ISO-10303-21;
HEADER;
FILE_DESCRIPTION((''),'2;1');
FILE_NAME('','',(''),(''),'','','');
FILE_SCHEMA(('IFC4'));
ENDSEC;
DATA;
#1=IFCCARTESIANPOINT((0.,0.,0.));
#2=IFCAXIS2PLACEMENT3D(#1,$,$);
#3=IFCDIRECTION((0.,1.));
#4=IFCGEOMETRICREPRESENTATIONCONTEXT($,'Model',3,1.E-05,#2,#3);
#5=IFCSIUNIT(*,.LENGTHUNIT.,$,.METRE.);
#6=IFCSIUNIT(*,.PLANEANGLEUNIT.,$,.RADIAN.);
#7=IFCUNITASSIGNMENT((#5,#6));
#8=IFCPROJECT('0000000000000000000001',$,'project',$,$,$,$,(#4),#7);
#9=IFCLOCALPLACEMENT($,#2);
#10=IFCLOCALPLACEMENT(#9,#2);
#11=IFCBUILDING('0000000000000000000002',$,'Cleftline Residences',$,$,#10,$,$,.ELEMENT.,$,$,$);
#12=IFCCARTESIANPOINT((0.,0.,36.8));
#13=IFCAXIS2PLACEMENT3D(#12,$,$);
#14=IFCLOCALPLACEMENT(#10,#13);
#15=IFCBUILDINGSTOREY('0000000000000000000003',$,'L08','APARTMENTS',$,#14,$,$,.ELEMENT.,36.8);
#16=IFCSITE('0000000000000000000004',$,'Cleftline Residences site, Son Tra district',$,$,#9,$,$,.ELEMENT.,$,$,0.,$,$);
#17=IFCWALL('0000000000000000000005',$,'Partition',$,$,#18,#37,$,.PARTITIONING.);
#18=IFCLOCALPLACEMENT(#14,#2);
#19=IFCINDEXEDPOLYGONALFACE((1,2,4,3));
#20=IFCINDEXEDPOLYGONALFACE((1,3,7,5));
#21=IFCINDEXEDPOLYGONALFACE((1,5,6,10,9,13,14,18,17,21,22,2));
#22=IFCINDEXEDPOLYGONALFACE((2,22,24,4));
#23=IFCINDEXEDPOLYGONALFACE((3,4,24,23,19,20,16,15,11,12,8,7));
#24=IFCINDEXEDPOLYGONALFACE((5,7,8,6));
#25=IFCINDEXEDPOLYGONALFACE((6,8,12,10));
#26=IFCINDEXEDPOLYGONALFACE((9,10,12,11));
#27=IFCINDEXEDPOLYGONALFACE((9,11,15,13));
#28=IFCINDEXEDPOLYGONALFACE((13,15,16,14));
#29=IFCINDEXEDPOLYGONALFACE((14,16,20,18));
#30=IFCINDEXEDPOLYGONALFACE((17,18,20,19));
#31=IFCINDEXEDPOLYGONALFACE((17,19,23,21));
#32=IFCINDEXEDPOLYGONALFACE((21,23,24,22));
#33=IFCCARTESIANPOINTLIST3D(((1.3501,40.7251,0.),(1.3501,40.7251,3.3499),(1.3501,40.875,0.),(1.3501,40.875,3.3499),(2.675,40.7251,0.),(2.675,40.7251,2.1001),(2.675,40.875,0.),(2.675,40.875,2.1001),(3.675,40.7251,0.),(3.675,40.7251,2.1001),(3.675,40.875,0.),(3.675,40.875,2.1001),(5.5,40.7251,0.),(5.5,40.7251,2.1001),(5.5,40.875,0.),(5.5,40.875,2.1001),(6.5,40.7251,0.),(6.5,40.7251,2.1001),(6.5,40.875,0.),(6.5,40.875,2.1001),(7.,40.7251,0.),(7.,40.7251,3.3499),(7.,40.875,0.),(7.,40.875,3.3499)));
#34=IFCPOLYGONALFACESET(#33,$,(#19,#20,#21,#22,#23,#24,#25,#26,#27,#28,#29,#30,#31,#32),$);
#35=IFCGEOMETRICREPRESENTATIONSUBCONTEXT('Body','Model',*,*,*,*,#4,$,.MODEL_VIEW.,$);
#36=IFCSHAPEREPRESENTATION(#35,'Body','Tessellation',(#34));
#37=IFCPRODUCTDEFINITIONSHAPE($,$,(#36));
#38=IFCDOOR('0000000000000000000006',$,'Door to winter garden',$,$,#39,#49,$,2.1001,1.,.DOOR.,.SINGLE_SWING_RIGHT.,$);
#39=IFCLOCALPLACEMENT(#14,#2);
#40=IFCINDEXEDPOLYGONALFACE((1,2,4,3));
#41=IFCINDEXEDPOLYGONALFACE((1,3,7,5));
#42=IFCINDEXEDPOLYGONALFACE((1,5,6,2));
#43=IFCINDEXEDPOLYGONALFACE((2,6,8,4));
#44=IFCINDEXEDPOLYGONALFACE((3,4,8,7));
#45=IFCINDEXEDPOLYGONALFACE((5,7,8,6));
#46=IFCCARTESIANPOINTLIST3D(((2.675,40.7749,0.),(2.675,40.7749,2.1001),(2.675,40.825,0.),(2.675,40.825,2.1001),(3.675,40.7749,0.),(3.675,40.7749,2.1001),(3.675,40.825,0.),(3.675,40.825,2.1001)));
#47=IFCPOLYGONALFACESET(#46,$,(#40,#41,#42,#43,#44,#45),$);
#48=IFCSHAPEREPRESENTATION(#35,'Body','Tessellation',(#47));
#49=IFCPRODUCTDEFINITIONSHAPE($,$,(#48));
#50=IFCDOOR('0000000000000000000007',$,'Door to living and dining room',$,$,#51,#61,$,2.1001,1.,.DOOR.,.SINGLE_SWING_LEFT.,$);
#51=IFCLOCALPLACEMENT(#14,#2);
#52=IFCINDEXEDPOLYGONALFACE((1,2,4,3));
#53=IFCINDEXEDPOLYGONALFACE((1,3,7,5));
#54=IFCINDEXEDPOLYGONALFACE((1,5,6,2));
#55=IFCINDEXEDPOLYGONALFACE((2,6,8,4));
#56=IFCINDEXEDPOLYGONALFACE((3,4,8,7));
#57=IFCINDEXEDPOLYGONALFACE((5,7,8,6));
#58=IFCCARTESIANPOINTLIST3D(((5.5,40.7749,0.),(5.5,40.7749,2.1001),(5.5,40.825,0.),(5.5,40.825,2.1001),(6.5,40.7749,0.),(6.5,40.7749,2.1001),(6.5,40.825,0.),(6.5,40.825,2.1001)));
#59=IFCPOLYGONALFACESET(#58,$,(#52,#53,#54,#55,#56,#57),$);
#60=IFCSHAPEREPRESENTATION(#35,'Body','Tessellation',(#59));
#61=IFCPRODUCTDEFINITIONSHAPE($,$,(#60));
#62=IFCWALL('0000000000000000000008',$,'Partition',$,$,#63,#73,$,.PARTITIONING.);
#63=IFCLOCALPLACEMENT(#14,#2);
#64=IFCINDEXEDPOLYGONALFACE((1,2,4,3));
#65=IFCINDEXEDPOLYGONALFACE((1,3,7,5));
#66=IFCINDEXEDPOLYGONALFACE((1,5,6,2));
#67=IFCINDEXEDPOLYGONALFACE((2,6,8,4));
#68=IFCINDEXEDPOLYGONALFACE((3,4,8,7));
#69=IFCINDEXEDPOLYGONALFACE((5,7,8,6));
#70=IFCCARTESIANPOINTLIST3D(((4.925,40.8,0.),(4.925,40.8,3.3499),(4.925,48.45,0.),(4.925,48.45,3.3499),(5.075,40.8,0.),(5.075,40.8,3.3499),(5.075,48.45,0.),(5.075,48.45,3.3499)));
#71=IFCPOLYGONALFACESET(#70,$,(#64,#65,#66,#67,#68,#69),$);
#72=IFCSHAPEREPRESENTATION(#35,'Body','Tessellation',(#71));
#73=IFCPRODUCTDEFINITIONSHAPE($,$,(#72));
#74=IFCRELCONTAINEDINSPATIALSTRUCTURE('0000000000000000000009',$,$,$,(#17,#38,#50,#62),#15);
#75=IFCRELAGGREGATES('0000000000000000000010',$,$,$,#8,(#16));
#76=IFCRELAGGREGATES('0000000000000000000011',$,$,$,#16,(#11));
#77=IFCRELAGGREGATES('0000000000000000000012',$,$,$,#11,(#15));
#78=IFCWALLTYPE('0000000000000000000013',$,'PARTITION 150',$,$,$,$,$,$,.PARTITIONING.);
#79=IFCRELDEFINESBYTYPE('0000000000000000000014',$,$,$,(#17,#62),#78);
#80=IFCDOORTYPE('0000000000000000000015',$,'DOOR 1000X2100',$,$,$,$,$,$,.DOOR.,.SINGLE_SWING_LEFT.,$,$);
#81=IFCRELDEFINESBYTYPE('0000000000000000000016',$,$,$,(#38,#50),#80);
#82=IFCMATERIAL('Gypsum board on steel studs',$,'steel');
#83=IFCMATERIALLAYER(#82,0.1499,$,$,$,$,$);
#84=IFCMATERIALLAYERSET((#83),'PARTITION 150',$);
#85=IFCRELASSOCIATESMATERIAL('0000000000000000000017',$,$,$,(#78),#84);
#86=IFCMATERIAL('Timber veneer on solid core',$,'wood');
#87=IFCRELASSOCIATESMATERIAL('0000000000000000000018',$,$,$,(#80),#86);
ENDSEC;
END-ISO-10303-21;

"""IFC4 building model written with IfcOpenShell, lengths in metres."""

from ifc_helpers import new_model, si_unit, direction, frame, frame_2d, origin, place, context, subcontext, project, spatial, rectangle, extrude, material, layer, layer_set, type_object, element, fill, save


model = new_model("IFC4")

# Units and contexts
model_context = context("Model", 3, precision=1e-05, world=origin(), true_north=direction((0.0, 1.0)))
body_context = subcontext(model_context, "Body", "Model", "MODEL_VIEW")
ifc_project = project(units=[si_unit("LENGTHUNIT", "METRE"), si_unit("PLANEANGLEUNIT", "RADIAN")], contexts=[model_context])

# Site, building, storey
site_placement = place(None, origin())
site = spatial("IfcSite", under=ifc_project, at=site_placement, Name="Cleftline Residences site, Son Tra district", CompositionType="ELEMENT", RefElevation=0.0)
building_placement = place(site_placement, origin())
building = spatial("IfcBuilding", under=site, at=building_placement, Name="Cleftline Residences", CompositionType="ELEMENT")
storey_placement = place(building_placement, frame((0.0, 0.0, 36.8)))
storey = spatial("IfcBuildingStorey", under=building, at=storey_placement, Name="L08", Description="APARTMENTS", CompositionType="ELEMENT", Elevation=36.8)

# Wall, openings, doors
ifc_material_1 = material(Name="Gypsum board on steel studs", Category="steel")
ifc_layer_1 = layer(ifc_material_1, 0.1499)
ifc_layer_set_1 = layer_set([ifc_layer_1], Name="PARTITION 150")
wall_type_1 = type_object("IfcWallType", Name="PARTITION 150", PredefinedType="PARTITIONING", material=ifc_layer_set_1)
wall_1_placement = place(storey_placement, frame((1.3501, 40.8, 0.0), z_axis=(0.0, 0.0, 1.0), x_axis=(1.0, 0.0, 0.0)))
wall_1 = element("IfcWall", 1, at=wall_1_placement, inside=storey, type_object=wall_type_1, Name="Partition", PredefinedType="PARTITIONING", context=body_context, shape_type="SweptSolid", body=[
    extrude(rectangle(XDim=5.6499, YDim=0.1499, at=frame_2d((2.825, 0.0))), origin(), (0.0, 0.0, 1.0), 3.3499),
])
opening_1_placement = place(wall_1_placement, frame((1.325, 0.0, 0.0)))
opening_1 = element("IfcOpeningElement", 2, at=opening_1_placement, cuts=wall_1, PredefinedType="OPENING", context=body_context, shape_type="SweptSolid", body=[
    extrude(rectangle(XDim=1.0, YDim=2.1001, at=frame_2d((0.5, 1.05))), frame((0.0, 0.085, 0.0), z_axis=(0.0, -1.0, 0.0), x_axis=(1.0, 0.0, 0.0)), (0.0, 0.0, 1.0), 0.1699),
])
opening_2_placement = place(wall_1_placement, frame((4.1499, 0.0, 0.0)))
opening_2 = element("IfcOpeningElement", 3, at=opening_2_placement, cuts=wall_1, PredefinedType="OPENING", context=body_context, shape_type="SweptSolid", body=[
    extrude(rectangle(XDim=1.0, YDim=2.1001, at=frame_2d((0.5, 1.05))), frame((0.0, 0.085, 0.0), z_axis=(0.0, -1.0, 0.0), x_axis=(1.0, 0.0, 0.0)), (0.0, 0.0, 1.0), 0.1699),
])
ifc_material_2 = material(Name="Timber veneer on solid core", Category="wood")
door_type = type_object("IfcDoorType", Name="DOOR 1000X2100", OperationType="SINGLE_SWING_LEFT", PredefinedType="DOOR", material=ifc_material_2)
door_1_placement = place(opening_1_placement, origin())
door_1 = element("IfcDoor", 4, at=door_1_placement, inside=storey, type_object=door_type, Name="Door to winter garden", OperationType="SINGLE_SWING_RIGHT", OverallHeight=2.1001, OverallWidth=1.0, PredefinedType="DOOR", context=body_context, shape_type="SweptSolid", body=[
    extrude(rectangle(XDim=1.0, YDim=2.1001, at=frame_2d((0.5, 1.05))), frame((0.0, 0.0249, 0.0), z_axis=(0.0, -1.0, 0.0), x_axis=(1.0, 0.0, 0.0)), (0.0, 0.0, 1.0), 0.05),
])
fill(opening_1, door_1)
door_2_placement = place(opening_2_placement, origin())
door_2 = element("IfcDoor", 5, at=door_2_placement, inside=storey, type_object=door_type, Name="Door to living and dining room", OperationType="SINGLE_SWING_LEFT", OverallHeight=2.1001, OverallWidth=1.0, PredefinedType="DOOR", context=body_context, shape_type="SweptSolid", body=[
    extrude(rectangle(XDim=1.0, YDim=2.1001, at=frame_2d((0.5, 1.05))), frame((0.0, 0.0249, 0.0), z_axis=(0.0, -1.0, 0.0), x_axis=(1.0, 0.0, 0.0)), (0.0, 0.0, 1.0), 0.05),
])
fill(opening_2, door_2)

# Wall
wall_2_placement = place(storey_placement, frame((5.0, 40.8, 0.0), z_axis=(0.0, 0.0, 1.0), x_axis=(0.0, 1.0, 0.0)))
element("IfcWall", 6, at=wall_2_placement, inside=storey, type_object=wall_type_1, Name="Partition", PredefinedType="PARTITIONING", context=body_context, shape_type="SweptSolid", body=[
    extrude(rectangle(XDim=7.6499, YDim=0.1499, at=frame_2d((3.825, 0.0))), origin(), (0.0, 0.0, 1.0), 3.3499),
])

save(model, "model.ifc")
